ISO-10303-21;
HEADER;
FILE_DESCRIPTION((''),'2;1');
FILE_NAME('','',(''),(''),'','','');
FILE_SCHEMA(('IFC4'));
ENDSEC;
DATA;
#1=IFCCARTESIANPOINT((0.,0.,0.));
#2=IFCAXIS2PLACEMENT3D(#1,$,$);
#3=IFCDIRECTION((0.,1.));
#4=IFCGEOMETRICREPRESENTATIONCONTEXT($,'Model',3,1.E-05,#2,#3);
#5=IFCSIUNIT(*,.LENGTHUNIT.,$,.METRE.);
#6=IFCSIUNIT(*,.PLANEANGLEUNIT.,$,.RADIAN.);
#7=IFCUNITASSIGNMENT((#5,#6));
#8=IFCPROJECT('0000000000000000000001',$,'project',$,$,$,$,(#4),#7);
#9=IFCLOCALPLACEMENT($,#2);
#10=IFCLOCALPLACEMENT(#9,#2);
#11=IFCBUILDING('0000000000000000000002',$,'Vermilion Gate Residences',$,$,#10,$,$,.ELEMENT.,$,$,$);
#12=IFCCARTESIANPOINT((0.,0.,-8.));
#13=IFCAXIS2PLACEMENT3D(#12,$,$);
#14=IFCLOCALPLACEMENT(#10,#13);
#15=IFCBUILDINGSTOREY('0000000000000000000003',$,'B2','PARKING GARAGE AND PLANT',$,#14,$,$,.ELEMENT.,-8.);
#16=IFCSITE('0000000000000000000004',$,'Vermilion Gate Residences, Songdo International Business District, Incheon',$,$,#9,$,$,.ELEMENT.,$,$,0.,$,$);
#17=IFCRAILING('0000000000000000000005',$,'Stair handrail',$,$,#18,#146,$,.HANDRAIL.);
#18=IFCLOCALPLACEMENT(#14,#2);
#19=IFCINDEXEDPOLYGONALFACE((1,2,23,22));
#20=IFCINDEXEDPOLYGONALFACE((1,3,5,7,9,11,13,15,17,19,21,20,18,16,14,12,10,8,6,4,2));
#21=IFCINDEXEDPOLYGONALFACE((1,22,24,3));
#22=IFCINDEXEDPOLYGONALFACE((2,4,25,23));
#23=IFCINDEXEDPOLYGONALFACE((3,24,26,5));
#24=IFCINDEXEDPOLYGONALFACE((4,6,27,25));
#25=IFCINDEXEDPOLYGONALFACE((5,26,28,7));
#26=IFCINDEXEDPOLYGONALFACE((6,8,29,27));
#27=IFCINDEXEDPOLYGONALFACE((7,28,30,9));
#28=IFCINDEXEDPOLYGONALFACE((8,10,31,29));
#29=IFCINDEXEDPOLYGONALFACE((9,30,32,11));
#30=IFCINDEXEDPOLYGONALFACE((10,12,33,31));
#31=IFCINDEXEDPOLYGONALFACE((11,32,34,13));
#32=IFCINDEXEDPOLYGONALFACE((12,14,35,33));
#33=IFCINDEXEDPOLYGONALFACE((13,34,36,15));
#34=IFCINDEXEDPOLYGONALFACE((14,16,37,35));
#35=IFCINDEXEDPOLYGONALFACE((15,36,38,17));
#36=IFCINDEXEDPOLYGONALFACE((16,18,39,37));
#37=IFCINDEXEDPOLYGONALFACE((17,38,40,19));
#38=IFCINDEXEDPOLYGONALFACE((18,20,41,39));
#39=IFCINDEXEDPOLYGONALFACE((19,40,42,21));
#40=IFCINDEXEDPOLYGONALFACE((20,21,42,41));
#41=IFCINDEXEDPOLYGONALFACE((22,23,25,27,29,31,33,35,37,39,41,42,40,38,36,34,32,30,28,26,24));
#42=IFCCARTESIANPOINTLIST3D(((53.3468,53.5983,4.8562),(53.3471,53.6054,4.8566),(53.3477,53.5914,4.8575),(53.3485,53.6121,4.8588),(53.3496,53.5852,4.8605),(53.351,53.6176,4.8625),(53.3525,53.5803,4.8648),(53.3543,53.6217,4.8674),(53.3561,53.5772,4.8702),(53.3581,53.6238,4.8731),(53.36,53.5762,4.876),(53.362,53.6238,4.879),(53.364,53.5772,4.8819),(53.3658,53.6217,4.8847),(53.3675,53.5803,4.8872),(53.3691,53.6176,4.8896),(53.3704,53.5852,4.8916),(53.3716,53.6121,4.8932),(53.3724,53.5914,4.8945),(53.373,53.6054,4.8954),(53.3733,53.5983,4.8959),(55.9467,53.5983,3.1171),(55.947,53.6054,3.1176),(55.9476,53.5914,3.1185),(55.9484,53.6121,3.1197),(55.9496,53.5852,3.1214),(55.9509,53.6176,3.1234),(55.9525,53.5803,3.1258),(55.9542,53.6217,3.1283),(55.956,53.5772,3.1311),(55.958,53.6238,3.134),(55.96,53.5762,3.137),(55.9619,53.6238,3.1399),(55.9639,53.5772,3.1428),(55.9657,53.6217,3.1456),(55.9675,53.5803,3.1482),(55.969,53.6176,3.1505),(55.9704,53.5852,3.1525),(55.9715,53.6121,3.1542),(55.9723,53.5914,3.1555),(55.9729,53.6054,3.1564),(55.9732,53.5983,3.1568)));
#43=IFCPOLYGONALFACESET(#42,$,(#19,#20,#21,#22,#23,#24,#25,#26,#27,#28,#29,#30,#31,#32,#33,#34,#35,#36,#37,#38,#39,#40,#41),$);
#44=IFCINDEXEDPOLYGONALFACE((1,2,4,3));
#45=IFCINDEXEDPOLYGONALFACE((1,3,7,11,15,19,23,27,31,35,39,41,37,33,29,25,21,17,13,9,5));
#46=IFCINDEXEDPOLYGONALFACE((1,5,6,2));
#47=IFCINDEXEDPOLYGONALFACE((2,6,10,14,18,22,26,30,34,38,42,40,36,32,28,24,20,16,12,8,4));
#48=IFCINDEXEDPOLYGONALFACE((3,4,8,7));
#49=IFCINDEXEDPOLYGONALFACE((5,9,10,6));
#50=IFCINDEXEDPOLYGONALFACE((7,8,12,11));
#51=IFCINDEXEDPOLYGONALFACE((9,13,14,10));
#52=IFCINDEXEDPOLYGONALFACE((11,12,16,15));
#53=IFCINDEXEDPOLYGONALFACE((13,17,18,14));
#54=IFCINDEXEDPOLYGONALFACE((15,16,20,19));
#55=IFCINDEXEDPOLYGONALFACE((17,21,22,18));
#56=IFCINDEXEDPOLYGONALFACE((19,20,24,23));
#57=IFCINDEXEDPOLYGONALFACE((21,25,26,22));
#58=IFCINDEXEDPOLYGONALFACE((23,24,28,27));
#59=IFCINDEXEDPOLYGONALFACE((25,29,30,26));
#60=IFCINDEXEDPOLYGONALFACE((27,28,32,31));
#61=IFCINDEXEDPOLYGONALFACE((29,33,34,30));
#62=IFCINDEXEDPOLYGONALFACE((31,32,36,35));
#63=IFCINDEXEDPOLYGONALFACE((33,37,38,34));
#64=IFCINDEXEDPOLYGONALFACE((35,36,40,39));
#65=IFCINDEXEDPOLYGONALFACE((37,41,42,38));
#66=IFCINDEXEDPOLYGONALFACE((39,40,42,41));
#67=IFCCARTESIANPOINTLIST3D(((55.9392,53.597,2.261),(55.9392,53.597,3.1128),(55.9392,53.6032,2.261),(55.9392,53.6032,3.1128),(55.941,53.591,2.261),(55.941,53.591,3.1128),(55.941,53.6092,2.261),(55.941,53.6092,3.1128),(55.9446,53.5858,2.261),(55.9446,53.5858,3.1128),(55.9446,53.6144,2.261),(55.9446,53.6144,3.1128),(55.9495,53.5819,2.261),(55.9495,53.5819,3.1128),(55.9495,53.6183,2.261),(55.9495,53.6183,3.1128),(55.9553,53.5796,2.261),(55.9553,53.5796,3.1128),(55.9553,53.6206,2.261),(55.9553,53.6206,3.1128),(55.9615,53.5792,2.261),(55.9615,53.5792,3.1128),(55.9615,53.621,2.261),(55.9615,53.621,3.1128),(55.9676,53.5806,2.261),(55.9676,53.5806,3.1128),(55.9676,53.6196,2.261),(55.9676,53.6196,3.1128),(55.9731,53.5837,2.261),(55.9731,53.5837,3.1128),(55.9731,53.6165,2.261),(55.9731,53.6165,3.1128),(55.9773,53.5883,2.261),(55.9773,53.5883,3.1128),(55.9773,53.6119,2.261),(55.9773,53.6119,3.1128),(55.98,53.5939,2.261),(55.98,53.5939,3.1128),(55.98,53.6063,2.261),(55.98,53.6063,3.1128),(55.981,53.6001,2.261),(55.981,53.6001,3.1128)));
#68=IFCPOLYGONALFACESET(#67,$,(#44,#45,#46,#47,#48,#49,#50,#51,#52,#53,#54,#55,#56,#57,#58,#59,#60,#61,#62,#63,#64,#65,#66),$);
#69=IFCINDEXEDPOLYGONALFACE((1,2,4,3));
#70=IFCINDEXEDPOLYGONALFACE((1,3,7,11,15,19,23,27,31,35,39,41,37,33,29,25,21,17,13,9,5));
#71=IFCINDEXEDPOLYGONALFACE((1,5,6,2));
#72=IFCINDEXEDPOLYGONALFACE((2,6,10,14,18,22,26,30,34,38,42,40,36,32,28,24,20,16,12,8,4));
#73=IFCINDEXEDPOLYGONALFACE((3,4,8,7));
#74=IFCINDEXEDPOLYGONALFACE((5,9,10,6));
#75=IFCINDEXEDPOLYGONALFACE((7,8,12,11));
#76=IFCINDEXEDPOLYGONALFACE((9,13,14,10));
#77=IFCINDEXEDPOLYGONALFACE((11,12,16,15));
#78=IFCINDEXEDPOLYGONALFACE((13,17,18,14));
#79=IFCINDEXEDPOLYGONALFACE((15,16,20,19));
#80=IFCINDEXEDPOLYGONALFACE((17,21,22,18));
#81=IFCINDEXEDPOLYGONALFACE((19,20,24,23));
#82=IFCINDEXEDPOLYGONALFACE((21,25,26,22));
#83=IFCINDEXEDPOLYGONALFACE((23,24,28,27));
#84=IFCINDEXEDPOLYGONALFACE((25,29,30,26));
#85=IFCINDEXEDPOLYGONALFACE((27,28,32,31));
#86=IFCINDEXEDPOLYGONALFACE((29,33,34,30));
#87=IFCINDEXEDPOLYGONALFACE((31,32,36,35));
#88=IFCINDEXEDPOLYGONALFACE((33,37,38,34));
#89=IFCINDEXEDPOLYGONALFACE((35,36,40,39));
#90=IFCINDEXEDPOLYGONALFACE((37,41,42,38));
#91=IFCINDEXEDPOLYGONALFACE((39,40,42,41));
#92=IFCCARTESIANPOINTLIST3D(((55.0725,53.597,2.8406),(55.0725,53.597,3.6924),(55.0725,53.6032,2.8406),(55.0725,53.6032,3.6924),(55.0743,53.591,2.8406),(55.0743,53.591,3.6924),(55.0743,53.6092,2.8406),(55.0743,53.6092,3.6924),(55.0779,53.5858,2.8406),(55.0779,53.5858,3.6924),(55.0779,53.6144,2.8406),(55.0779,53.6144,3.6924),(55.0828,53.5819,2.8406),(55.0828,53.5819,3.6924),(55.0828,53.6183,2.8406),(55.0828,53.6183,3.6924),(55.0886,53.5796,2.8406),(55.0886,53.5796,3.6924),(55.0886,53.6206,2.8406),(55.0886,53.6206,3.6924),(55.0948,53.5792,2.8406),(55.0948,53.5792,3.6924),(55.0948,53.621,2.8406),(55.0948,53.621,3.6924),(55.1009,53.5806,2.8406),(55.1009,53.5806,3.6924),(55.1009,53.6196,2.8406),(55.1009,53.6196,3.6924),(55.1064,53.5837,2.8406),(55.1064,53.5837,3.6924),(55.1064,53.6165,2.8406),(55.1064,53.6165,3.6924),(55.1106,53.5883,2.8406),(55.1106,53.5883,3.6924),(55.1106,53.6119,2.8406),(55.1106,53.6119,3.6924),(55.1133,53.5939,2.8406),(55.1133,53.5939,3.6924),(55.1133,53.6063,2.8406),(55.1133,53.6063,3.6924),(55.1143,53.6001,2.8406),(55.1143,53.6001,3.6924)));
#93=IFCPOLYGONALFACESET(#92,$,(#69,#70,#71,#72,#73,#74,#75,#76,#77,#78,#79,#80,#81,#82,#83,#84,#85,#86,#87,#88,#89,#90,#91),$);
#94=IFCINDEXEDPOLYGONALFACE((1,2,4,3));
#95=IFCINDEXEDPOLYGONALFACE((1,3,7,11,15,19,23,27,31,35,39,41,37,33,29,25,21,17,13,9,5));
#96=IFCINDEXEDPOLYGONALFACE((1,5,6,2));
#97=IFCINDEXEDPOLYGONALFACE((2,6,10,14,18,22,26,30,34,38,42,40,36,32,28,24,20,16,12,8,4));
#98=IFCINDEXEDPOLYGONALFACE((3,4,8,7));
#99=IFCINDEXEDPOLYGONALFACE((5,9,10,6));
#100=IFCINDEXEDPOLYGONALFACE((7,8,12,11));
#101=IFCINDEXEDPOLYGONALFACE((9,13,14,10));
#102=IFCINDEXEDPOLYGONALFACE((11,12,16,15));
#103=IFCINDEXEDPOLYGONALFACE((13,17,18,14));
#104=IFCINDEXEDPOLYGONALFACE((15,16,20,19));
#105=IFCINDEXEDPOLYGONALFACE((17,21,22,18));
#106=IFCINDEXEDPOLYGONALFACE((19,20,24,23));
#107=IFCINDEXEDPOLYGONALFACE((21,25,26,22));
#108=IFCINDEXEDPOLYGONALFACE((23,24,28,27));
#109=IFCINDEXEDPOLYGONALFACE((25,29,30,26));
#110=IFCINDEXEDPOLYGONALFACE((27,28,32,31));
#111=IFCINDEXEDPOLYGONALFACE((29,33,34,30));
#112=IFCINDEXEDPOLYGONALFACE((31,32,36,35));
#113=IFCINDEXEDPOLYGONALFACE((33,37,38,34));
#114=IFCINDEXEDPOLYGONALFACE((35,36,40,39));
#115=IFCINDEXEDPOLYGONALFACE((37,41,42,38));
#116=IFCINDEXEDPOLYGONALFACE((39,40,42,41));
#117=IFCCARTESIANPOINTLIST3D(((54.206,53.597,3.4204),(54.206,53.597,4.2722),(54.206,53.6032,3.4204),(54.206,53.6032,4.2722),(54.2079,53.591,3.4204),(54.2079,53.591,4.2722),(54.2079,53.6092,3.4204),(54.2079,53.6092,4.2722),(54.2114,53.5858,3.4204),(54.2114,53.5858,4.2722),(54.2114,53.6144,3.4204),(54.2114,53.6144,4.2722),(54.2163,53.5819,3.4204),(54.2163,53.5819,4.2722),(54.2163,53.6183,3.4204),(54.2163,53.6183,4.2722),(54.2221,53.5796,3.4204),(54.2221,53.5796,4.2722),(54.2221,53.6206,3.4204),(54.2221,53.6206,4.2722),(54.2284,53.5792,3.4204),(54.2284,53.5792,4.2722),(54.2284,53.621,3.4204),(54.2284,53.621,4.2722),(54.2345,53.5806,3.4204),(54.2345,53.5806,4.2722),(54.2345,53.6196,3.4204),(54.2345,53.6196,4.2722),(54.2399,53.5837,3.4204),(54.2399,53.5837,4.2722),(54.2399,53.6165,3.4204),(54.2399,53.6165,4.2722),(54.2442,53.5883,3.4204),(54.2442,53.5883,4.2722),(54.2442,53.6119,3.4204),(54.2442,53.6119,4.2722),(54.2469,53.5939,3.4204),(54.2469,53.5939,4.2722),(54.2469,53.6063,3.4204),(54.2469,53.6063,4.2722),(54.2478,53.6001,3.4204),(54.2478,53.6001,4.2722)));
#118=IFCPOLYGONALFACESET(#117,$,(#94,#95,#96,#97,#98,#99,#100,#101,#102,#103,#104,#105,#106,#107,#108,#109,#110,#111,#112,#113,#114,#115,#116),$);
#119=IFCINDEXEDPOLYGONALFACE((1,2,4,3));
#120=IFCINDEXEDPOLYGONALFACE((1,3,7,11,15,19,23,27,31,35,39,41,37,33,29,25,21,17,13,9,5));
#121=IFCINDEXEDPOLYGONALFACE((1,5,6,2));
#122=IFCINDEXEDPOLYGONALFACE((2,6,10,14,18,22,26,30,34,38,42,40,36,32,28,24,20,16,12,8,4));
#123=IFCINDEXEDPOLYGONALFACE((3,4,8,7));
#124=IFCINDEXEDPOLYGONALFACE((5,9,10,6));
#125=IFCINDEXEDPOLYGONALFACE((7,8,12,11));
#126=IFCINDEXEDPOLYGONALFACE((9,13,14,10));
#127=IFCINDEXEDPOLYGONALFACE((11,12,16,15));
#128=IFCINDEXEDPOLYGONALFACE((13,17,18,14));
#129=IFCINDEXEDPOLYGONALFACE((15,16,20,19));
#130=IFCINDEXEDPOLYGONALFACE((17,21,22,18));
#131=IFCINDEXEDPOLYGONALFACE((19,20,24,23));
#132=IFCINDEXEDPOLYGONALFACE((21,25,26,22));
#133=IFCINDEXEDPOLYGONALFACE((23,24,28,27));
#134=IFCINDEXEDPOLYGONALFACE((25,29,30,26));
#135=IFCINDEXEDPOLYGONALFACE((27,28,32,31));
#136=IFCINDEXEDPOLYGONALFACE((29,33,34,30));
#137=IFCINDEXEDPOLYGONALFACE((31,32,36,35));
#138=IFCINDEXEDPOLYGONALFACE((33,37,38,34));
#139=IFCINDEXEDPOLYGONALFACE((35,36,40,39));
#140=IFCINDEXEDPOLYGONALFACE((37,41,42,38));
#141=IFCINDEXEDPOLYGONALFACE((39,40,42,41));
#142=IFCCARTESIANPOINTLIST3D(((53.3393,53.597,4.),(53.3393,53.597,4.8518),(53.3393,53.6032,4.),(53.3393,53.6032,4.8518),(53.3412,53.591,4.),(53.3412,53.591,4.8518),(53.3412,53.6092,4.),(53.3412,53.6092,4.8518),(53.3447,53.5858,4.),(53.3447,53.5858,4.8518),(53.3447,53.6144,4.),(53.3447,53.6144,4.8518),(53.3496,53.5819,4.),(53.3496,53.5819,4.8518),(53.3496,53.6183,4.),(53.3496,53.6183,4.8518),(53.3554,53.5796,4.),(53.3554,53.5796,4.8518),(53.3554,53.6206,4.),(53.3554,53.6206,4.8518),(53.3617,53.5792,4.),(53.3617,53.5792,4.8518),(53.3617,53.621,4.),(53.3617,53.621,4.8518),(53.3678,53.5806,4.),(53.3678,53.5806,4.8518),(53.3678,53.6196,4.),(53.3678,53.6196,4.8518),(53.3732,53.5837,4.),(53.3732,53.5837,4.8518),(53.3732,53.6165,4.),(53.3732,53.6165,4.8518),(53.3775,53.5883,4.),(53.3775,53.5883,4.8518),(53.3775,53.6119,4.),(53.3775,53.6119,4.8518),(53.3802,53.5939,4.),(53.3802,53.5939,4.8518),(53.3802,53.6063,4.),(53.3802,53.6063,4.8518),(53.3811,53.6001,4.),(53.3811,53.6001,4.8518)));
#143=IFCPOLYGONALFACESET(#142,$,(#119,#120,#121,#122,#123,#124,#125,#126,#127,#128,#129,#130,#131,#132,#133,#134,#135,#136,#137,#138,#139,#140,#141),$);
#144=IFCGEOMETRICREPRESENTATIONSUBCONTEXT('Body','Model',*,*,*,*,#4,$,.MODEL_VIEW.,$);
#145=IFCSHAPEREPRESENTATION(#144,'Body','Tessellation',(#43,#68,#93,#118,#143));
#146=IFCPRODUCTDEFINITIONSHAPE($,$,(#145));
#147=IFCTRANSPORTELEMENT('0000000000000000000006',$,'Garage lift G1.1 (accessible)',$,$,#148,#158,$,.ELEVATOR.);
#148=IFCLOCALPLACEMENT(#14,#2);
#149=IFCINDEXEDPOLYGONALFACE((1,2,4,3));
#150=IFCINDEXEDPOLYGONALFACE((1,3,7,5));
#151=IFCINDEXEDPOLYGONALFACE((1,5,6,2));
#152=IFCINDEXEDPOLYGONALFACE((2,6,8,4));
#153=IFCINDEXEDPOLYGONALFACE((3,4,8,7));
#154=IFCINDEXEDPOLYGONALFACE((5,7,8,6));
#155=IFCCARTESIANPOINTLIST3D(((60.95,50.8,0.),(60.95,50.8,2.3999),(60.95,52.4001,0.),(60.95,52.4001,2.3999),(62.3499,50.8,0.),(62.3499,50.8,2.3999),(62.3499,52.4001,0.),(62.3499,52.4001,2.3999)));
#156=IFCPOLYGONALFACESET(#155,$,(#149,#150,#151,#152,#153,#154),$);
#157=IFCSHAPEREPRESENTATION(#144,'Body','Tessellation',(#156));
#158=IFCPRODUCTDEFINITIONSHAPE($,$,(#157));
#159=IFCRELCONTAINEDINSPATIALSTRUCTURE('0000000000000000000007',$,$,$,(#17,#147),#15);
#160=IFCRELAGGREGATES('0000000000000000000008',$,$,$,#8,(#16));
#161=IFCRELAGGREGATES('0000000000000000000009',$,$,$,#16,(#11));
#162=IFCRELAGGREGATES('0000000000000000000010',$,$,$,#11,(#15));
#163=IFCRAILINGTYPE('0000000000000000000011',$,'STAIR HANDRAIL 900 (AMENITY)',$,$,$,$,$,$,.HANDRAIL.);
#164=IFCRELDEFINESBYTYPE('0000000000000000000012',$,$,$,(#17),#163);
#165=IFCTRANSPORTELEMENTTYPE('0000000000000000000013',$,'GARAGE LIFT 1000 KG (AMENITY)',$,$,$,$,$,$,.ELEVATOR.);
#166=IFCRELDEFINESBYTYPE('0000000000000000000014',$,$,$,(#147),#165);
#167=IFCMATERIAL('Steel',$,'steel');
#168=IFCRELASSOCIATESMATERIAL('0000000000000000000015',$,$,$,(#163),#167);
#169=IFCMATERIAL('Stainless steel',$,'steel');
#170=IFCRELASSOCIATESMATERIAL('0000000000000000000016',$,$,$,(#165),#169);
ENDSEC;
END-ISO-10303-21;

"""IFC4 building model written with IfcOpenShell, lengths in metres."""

from ifc_helpers import new_model, si_unit, direction, frame, origin, origin_2d, place, context, subcontext, project, spatial, rectangle, circle, extrude, material, type_object, element, save


model = new_model("IFC4")

# Units and contexts
model_context = context("Model", 3, precision=1e-05, world=origin(), true_north=direction((0.0, 1.0)))
body_context = subcontext(model_context, "Body", "Model", "MODEL_VIEW")
ifc_project = project(units=[si_unit("LENGTHUNIT", "METRE"), si_unit("PLANEANGLEUNIT", "RADIAN")], contexts=[model_context])

# Site, building, storey
site_placement = place(None, origin())
site = spatial("IfcSite", under=ifc_project, at=site_placement, Name="Vermilion Gate Residences, Songdo International Business District, Incheon", CompositionType="ELEMENT", RefElevation=0.0)
building_placement = place(site_placement, origin())
building = spatial("IfcBuilding", under=site, at=building_placement, Name="Vermilion Gate Residences", CompositionType="ELEMENT")
storey_placement = place(building_placement, frame((0.0, 0.0, -8.0)))
storey = spatial("IfcBuildingStorey", under=building, at=storey_placement, Name="B2", Description="PARKING GARAGE AND PLANT", CompositionType="ELEMENT", Elevation=-8.0)

# Railing
ifc_material_1 = material(Name="Steel", Category="steel")
railing_type = type_object("IfcRailingType", Name="STAIR HANDRAIL 900 (AMENITY)", PredefinedType="HANDRAIL", material=ifc_material_1)
railing_1_placement = place(storey_placement, frame((55.96, 53.6001, 2.261)))
element("IfcRailing", 1, at=railing_1_placement, inside=storey, type_object=railing_type, Name="Stair handrail", PredefinedType="HANDRAIL", context=body_context, shape_type="SweptSolid", body=[
    extrude(circle(Radius=0.0239, at=origin_2d()), frame((0.0, 0.0, 0.876), z_axis=(-0.831197, 0.0, 0.555978), x_axis=(0.0, -1.0, 0.0)), (0.0, 0.0, 1.0), 3.1279),
    extrude(circle(Radius=0.021, at=origin_2d()), origin(), (0.0, 0.0, 1.0), 0.8518),
    extrude(circle(Radius=0.021, at=origin_2d()), frame((-0.8667, 0.0, 0.5796)), (0.0, 0.0, 1.0), 0.8518),
    extrude(circle(Radius=0.021, at=origin_2d()), frame((-1.7332, 0.0, 1.1594)), (0.0, 0.0, 1.0), 0.8518),
    extrude(circle(Radius=0.021, at=origin_2d()), frame((-2.5999, 0.0, 1.739)), (0.0, 0.0, 1.0), 0.8518),
])

# Transport element
ifc_material_2 = material(Name="Stainless steel", Category="steel")
transport_element_type = type_object("IfcTransportElementType", Name="GARAGE LIFT 1000 KG (AMENITY)", PredefinedType="ELEVATOR", material=ifc_material_2)
transport_element_placement = place(storey_placement, frame((61.6499, 51.6001, 0.0), z_axis=(0.0, 0.0, 1.0), x_axis=(1.0, 0.0, 0.0)))
element("IfcTransportElement", 2, at=transport_element_placement, inside=storey, type_object=transport_element_type, Name="Garage lift G1.1 (accessible)", PredefinedType="ELEVATOR", context=body_context, shape_type="SweptSolid", body=[
    extrude(rectangle(XDim=1.3999, YDim=1.6001, at=origin_2d()), origin(), (0.0, 0.0, 1.0), 2.3999),
])

save(model, "model.ifc")
